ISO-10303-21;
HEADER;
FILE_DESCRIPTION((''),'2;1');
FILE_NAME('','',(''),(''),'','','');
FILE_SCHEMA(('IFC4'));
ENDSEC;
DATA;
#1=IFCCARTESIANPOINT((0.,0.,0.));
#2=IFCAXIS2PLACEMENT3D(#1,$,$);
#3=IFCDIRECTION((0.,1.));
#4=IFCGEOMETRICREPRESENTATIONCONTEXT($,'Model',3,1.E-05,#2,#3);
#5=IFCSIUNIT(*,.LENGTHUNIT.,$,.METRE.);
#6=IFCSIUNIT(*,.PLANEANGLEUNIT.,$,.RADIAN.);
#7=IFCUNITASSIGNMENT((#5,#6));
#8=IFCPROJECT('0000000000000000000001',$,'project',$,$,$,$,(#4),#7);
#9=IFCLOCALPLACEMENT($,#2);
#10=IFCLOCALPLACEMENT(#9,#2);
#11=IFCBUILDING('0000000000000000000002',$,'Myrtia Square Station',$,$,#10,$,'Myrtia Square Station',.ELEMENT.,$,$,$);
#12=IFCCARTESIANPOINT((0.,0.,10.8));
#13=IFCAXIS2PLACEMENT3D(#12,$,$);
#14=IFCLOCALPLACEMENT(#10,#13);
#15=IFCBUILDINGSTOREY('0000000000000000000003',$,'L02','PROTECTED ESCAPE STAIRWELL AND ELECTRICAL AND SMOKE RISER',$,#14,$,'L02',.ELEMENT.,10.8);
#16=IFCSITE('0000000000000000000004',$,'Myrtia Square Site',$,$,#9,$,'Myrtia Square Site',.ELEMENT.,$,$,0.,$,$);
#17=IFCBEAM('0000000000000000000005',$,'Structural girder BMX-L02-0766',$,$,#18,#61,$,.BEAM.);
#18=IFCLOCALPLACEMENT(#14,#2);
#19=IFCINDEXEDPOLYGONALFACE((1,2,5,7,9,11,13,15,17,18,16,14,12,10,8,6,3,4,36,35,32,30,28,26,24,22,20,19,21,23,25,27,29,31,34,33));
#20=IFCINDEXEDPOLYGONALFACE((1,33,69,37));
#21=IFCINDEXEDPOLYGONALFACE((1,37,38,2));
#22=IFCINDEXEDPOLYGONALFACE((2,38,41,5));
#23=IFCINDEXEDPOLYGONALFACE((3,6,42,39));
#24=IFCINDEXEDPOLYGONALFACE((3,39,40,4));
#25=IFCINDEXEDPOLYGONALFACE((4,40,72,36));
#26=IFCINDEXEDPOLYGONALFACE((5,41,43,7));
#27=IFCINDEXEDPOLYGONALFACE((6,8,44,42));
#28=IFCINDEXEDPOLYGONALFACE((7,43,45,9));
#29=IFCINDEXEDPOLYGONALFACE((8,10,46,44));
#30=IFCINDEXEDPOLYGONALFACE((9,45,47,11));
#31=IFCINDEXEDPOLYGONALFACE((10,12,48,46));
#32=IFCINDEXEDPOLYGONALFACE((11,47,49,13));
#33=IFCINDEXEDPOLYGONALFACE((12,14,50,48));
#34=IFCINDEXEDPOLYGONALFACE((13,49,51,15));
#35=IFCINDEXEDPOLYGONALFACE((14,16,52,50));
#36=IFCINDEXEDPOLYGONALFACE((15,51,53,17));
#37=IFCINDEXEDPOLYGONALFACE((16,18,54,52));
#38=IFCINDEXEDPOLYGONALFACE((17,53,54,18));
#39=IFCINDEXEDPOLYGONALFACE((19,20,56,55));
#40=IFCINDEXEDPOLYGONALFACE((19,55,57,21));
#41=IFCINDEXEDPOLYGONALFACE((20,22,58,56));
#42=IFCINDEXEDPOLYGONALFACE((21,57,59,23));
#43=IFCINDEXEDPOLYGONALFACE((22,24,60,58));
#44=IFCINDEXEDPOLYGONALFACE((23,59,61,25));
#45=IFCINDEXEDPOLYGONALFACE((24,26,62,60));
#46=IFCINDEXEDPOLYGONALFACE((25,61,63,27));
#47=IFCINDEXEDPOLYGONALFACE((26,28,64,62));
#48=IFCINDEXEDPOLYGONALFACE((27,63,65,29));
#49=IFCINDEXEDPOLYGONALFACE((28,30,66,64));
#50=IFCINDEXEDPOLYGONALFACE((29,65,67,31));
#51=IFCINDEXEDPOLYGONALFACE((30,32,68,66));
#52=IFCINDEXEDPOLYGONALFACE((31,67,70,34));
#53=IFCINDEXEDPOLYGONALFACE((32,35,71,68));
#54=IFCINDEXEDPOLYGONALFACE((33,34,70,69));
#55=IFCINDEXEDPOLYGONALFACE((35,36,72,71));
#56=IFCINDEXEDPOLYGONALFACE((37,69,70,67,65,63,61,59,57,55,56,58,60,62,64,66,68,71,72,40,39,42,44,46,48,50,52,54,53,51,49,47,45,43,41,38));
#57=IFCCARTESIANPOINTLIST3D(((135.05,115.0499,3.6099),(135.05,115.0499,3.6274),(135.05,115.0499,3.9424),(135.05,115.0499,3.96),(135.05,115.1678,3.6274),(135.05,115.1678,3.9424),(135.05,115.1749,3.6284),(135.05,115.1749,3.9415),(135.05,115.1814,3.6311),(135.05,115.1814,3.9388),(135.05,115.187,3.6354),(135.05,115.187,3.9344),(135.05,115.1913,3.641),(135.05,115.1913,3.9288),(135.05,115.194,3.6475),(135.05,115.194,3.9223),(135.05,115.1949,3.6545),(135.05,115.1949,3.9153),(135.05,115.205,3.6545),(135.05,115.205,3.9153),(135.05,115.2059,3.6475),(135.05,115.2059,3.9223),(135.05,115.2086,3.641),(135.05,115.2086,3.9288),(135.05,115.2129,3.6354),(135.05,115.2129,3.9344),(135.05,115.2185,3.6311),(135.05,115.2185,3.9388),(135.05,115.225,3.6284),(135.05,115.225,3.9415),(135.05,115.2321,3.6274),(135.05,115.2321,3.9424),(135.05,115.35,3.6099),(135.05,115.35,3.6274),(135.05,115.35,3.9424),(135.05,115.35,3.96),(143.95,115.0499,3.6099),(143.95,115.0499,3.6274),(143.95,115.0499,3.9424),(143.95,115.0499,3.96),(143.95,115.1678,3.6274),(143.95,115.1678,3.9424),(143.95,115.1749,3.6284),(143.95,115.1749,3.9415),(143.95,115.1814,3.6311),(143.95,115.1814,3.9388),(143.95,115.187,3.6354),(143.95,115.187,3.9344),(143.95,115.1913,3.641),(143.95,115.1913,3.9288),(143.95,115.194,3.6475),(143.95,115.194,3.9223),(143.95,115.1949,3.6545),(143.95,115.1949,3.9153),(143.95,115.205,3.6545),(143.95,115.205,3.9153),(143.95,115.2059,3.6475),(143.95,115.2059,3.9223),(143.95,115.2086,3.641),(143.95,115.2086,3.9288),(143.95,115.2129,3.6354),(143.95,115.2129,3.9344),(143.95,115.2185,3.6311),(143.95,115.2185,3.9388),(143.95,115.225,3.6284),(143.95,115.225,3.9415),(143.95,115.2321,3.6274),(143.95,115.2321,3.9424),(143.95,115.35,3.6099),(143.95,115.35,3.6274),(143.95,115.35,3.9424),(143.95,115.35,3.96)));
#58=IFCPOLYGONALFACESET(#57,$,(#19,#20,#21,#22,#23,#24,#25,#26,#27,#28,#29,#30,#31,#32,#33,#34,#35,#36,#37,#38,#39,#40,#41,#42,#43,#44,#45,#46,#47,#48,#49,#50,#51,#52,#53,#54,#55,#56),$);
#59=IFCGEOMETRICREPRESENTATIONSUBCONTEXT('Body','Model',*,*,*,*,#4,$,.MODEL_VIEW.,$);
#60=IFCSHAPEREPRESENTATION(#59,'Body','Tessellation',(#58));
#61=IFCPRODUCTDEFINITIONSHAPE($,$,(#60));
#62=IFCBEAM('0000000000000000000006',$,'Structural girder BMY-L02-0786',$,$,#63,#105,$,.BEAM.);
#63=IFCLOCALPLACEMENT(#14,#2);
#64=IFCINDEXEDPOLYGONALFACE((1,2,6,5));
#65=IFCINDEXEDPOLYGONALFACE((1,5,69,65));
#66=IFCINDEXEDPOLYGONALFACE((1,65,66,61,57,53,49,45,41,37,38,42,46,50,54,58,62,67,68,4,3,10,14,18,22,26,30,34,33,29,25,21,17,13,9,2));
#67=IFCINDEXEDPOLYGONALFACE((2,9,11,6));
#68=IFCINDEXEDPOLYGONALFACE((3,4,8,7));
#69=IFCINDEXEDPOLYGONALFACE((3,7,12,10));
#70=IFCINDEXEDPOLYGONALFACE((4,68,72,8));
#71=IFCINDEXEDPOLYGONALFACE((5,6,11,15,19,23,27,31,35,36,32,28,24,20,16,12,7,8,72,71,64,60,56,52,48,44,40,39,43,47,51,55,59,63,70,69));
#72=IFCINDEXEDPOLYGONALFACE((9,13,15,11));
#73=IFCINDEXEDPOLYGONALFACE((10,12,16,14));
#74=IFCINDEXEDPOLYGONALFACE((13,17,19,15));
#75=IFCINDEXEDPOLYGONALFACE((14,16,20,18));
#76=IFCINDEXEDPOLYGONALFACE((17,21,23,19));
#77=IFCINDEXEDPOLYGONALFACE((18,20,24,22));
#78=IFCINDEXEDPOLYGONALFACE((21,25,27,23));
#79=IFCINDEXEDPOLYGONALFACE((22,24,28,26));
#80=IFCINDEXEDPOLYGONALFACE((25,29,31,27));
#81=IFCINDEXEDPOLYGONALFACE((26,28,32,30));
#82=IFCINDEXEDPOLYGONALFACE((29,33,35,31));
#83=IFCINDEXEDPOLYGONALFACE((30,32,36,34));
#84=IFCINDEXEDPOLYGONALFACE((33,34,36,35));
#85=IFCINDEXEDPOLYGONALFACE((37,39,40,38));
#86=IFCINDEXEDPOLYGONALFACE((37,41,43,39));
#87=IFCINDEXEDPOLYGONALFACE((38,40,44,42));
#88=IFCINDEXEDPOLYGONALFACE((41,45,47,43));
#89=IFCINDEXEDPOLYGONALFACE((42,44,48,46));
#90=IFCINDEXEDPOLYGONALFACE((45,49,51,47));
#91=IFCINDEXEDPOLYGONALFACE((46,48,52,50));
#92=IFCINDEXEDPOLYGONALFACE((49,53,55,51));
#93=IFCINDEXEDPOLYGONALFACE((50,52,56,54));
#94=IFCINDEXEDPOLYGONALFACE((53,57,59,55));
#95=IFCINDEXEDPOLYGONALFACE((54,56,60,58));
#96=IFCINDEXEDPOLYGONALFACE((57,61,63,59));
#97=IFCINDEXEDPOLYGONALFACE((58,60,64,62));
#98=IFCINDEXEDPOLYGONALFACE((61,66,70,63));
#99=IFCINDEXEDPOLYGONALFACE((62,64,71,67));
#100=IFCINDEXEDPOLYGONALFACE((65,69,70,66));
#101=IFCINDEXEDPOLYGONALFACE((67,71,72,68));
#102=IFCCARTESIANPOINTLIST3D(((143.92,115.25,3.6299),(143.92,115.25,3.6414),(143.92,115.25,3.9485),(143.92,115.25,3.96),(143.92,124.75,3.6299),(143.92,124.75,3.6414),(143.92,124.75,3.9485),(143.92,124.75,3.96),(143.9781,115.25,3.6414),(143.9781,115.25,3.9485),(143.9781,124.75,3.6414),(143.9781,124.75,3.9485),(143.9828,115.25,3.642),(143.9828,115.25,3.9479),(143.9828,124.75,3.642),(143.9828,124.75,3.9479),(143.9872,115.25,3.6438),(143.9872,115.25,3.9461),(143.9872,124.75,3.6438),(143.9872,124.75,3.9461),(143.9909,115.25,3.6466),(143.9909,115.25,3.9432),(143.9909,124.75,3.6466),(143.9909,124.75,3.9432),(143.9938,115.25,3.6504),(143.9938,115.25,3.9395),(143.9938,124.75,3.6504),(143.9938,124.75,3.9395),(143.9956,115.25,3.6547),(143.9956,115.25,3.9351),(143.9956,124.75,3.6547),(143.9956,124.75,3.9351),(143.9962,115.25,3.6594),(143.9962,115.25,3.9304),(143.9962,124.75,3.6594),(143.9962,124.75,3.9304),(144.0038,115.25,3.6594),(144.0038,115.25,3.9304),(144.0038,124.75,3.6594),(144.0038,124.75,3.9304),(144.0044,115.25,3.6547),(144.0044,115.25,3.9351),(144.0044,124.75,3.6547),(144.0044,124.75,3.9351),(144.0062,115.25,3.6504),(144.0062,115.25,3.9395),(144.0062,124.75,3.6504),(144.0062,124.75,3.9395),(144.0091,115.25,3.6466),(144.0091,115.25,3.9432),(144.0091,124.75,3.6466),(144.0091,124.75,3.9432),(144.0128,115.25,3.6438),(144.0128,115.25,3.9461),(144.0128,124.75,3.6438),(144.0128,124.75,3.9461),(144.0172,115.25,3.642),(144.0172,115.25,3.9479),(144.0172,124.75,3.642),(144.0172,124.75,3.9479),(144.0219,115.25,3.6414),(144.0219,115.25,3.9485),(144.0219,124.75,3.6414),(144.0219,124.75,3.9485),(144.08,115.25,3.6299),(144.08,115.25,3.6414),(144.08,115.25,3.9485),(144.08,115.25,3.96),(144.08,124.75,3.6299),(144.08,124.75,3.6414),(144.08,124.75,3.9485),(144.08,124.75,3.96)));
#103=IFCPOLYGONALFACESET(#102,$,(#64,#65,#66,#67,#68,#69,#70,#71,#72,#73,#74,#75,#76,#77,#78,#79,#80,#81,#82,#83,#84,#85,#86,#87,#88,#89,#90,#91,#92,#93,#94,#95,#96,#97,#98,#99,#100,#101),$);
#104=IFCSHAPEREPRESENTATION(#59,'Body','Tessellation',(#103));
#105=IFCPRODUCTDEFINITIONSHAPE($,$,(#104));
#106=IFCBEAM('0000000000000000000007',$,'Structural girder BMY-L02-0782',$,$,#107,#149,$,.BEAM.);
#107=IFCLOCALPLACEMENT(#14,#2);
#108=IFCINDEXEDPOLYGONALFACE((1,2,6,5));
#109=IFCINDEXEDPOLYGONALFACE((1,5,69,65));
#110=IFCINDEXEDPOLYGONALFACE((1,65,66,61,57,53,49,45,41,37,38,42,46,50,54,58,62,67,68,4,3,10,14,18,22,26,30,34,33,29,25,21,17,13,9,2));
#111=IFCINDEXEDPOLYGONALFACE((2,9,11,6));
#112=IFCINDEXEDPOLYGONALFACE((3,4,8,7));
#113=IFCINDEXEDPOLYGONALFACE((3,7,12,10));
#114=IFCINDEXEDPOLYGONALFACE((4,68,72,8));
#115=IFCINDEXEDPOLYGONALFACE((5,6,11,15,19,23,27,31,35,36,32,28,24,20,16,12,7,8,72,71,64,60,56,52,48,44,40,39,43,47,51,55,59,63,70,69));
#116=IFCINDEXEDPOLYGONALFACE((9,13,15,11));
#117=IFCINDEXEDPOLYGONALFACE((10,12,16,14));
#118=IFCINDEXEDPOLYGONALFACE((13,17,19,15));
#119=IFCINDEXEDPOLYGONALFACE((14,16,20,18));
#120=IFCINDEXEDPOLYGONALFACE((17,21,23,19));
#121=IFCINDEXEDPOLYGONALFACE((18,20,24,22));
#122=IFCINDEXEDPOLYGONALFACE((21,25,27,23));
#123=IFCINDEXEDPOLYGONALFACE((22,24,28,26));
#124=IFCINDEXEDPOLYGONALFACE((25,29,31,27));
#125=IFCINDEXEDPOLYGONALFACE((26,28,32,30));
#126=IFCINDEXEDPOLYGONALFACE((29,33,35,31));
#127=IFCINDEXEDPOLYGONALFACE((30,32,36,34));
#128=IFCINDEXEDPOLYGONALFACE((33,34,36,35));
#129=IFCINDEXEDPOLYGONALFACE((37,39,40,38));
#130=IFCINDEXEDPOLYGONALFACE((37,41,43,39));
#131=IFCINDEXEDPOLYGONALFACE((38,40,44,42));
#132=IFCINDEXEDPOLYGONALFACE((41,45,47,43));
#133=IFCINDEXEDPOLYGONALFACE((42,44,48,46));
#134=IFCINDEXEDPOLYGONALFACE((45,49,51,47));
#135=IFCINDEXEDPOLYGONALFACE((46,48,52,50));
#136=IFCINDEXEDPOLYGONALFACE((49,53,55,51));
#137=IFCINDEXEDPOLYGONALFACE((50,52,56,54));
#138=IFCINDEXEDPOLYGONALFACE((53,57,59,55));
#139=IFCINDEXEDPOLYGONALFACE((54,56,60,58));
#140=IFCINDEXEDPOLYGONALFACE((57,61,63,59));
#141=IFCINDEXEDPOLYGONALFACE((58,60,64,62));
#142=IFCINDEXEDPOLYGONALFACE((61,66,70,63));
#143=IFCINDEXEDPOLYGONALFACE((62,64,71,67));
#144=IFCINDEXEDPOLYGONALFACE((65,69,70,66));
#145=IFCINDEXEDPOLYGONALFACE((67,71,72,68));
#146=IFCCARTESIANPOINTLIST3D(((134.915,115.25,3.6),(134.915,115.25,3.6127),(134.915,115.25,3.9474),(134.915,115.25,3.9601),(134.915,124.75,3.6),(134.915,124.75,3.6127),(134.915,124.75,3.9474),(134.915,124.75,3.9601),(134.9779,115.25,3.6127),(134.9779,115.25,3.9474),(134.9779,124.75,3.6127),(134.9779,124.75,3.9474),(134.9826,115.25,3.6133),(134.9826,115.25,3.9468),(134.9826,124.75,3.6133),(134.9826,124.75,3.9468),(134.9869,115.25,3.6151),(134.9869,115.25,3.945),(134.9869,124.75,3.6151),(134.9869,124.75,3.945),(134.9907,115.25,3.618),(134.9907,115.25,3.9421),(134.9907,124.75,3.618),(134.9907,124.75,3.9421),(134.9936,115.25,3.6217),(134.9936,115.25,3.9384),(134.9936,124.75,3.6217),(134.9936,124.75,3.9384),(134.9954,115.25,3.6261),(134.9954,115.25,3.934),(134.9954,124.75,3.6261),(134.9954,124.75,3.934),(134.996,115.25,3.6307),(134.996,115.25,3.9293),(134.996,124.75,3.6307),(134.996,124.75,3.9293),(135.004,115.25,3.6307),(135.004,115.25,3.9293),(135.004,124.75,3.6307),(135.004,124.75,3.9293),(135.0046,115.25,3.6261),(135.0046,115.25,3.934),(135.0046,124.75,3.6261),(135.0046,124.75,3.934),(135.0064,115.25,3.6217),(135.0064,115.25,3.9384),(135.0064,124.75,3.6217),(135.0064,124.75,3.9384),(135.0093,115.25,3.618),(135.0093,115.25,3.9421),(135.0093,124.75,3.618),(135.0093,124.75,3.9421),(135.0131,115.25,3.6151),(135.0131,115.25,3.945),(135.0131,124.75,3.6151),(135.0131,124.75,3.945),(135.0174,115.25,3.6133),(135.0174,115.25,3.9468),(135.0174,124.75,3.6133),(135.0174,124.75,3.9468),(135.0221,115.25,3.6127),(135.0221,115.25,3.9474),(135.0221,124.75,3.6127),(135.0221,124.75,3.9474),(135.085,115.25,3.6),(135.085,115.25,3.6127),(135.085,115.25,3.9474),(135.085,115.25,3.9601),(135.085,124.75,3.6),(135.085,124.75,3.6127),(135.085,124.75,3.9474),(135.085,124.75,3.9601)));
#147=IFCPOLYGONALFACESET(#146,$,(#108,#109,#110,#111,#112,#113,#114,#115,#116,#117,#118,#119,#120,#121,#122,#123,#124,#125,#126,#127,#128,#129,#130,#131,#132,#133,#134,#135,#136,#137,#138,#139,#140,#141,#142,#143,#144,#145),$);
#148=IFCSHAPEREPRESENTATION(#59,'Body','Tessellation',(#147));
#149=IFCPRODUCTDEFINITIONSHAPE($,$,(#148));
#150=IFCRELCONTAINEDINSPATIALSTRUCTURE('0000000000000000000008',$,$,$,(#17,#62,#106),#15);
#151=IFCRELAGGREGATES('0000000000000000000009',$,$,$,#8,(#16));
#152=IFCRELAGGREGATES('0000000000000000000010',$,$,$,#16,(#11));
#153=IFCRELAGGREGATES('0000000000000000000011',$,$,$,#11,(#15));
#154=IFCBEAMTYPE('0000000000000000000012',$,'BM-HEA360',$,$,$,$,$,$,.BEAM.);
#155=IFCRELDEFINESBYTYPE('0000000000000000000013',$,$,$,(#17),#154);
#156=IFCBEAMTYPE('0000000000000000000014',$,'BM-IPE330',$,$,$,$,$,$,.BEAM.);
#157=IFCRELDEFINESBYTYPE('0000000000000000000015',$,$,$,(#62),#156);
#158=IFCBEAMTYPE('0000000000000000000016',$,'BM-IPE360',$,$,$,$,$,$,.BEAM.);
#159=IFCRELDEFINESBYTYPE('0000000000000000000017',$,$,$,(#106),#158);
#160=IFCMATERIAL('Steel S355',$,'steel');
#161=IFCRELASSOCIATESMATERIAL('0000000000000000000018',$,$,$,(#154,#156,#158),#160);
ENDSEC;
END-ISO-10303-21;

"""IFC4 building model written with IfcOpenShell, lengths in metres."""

from ifc_helpers import new_model, si_unit, direction, frame, origin, origin_2d, place, context, subcontext, project, spatial, i_section, extrude, material, material_profile, profile_set, type_object, element, save


model = new_model("IFC4")

# Units and contexts
model_context = context("Model", 3, precision=1e-05, world=origin(), true_north=direction((0.0, 1.0)))
body_context = subcontext(model_context, "Body", "Model", "MODEL_VIEW")
ifc_project = project(units=[si_unit("LENGTHUNIT", "METRE"), si_unit("PLANEANGLEUNIT", "RADIAN")], contexts=[model_context])

# Site, building, storey
site_placement = place(None, origin())
site = spatial("IfcSite", under=ifc_project, at=site_placement, Name="Myrtia Square Site", LongName="Myrtia Square Site", CompositionType="ELEMENT", RefElevation=0.0)
building_placement = place(site_placement, origin())
building = spatial("IfcBuilding", under=site, at=building_placement, Name="Myrtia Square Station", LongName="Myrtia Square Station", CompositionType="ELEMENT")
storey_placement = place(building_placement, frame((0.0, 0.0, 10.8)))
storey = spatial("IfcBuildingStorey", under=building, at=storey_placement, Name="L02", Description="PROTECTED ESCAPE STAIRWELL AND ELECTRICAL AND SMOKE RISER", LongName="L02", CompositionType="ELEMENT", Elevation=10.8)

# Shared definitions
ifc_material_1 = material(Name="Steel S355", Category="steel")

# Beams
ifc_material_profile_1 = material_profile(ifc_material_1, i_section(OverallWidth=0.3, OverallDepth=0.3501, WebThickness=0.01, FlangeThickness=0.0176, FilletRadius=0.0271, at=origin_2d()), Name="HEA 360")
ifc_profile_set_1 = profile_set([ifc_material_profile_1], Name="Steel S355")
beam_type_1 = type_object("IfcBeamType", Name="BM-HEA360", PredefinedType="BEAM", material=ifc_profile_set_1)
beam_1_placement = place(storey_placement, frame((135.05, 115.2, 3.7849), z_axis=(1.0, 0.0, 0.0), x_axis=(0.0, 1.0, 0.0)))
element("IfcBeam", 1, at=beam_1_placement, inside=storey, type_object=beam_type_1, Name="Structural girder BMX-L02-0766", PredefinedType="BEAM", context=body_context, shape_type="SweptSolid", body=[
    extrude(i_section(OverallWidth=0.3, OverallDepth=0.3501, WebThickness=0.01, FlangeThickness=0.0176, FilletRadius=0.0271, at=origin_2d()), origin(), (0.0, 0.0, 1.0), 8.8999),
])
ifc_material_profile_2 = material_profile(ifc_material_1, i_section(OverallWidth=0.1599, OverallDepth=0.3301, WebThickness=0.0076, FlangeThickness=0.0115, FilletRadius=0.0181, at=origin_2d()), Name="IPE 330")
ifc_profile_set_2 = profile_set([ifc_material_profile_2], Name="Steel S355")
beam_type_2 = type_object("IfcBeamType", Name="BM-IPE330", PredefinedType="BEAM", material=ifc_profile_set_2)
beam_2_placement = place(storey_placement, frame((144.0, 115.25, 3.7949), z_axis=(0.0, 1.0, 0.0), x_axis=(-1.0, 0.0, 0.0)))
element("IfcBeam", 2, at=beam_2_placement, inside=storey, type_object=beam_type_2, Name="Structural girder BMY-L02-0786", PredefinedType="BEAM", context=body_context, shape_type="SweptSolid", body=[
    extrude(i_section(OverallWidth=0.1599, OverallDepth=0.3301, WebThickness=0.0076, FlangeThickness=0.0115, FilletRadius=0.0181, at=origin_2d()), origin(), (0.0, 0.0, 1.0), 9.5),
])
ifc_material_profile_3 = material_profile(ifc_material_1, i_section(OverallWidth=0.1699, OverallDepth=0.3601, WebThickness=0.0081, FlangeThickness=0.0127, FilletRadius=0.0181, at=origin_2d()), Name="IPE 360")
ifc_profile_set_3 = profile_set([ifc_material_profile_3], Name="Steel S355")
beam_type_3 = type_object("IfcBeamType", Name="BM-IPE360", PredefinedType="BEAM", material=ifc_profile_set_3)
beam_3_placement = place(storey_placement, frame((135.0, 115.25, 3.78), z_axis=(0.0, 1.0, 0.0), x_axis=(-1.0, 0.0, 0.0)))
element("IfcBeam", 3, at=beam_3_placement, inside=storey, type_object=beam_type_3, Name="Structural girder BMY-L02-0782", PredefinedType="BEAM", context=body_context, shape_type="SweptSolid", body=[
    extrude(i_section(OverallWidth=0.1699, OverallDepth=0.3601, WebThickness=0.0081, FlangeThickness=0.0127, FilletRadius=0.0181, at=origin_2d()), origin(), (0.0, 0.0, 1.0), 9.5),
])

save(model, "model.ifc")
